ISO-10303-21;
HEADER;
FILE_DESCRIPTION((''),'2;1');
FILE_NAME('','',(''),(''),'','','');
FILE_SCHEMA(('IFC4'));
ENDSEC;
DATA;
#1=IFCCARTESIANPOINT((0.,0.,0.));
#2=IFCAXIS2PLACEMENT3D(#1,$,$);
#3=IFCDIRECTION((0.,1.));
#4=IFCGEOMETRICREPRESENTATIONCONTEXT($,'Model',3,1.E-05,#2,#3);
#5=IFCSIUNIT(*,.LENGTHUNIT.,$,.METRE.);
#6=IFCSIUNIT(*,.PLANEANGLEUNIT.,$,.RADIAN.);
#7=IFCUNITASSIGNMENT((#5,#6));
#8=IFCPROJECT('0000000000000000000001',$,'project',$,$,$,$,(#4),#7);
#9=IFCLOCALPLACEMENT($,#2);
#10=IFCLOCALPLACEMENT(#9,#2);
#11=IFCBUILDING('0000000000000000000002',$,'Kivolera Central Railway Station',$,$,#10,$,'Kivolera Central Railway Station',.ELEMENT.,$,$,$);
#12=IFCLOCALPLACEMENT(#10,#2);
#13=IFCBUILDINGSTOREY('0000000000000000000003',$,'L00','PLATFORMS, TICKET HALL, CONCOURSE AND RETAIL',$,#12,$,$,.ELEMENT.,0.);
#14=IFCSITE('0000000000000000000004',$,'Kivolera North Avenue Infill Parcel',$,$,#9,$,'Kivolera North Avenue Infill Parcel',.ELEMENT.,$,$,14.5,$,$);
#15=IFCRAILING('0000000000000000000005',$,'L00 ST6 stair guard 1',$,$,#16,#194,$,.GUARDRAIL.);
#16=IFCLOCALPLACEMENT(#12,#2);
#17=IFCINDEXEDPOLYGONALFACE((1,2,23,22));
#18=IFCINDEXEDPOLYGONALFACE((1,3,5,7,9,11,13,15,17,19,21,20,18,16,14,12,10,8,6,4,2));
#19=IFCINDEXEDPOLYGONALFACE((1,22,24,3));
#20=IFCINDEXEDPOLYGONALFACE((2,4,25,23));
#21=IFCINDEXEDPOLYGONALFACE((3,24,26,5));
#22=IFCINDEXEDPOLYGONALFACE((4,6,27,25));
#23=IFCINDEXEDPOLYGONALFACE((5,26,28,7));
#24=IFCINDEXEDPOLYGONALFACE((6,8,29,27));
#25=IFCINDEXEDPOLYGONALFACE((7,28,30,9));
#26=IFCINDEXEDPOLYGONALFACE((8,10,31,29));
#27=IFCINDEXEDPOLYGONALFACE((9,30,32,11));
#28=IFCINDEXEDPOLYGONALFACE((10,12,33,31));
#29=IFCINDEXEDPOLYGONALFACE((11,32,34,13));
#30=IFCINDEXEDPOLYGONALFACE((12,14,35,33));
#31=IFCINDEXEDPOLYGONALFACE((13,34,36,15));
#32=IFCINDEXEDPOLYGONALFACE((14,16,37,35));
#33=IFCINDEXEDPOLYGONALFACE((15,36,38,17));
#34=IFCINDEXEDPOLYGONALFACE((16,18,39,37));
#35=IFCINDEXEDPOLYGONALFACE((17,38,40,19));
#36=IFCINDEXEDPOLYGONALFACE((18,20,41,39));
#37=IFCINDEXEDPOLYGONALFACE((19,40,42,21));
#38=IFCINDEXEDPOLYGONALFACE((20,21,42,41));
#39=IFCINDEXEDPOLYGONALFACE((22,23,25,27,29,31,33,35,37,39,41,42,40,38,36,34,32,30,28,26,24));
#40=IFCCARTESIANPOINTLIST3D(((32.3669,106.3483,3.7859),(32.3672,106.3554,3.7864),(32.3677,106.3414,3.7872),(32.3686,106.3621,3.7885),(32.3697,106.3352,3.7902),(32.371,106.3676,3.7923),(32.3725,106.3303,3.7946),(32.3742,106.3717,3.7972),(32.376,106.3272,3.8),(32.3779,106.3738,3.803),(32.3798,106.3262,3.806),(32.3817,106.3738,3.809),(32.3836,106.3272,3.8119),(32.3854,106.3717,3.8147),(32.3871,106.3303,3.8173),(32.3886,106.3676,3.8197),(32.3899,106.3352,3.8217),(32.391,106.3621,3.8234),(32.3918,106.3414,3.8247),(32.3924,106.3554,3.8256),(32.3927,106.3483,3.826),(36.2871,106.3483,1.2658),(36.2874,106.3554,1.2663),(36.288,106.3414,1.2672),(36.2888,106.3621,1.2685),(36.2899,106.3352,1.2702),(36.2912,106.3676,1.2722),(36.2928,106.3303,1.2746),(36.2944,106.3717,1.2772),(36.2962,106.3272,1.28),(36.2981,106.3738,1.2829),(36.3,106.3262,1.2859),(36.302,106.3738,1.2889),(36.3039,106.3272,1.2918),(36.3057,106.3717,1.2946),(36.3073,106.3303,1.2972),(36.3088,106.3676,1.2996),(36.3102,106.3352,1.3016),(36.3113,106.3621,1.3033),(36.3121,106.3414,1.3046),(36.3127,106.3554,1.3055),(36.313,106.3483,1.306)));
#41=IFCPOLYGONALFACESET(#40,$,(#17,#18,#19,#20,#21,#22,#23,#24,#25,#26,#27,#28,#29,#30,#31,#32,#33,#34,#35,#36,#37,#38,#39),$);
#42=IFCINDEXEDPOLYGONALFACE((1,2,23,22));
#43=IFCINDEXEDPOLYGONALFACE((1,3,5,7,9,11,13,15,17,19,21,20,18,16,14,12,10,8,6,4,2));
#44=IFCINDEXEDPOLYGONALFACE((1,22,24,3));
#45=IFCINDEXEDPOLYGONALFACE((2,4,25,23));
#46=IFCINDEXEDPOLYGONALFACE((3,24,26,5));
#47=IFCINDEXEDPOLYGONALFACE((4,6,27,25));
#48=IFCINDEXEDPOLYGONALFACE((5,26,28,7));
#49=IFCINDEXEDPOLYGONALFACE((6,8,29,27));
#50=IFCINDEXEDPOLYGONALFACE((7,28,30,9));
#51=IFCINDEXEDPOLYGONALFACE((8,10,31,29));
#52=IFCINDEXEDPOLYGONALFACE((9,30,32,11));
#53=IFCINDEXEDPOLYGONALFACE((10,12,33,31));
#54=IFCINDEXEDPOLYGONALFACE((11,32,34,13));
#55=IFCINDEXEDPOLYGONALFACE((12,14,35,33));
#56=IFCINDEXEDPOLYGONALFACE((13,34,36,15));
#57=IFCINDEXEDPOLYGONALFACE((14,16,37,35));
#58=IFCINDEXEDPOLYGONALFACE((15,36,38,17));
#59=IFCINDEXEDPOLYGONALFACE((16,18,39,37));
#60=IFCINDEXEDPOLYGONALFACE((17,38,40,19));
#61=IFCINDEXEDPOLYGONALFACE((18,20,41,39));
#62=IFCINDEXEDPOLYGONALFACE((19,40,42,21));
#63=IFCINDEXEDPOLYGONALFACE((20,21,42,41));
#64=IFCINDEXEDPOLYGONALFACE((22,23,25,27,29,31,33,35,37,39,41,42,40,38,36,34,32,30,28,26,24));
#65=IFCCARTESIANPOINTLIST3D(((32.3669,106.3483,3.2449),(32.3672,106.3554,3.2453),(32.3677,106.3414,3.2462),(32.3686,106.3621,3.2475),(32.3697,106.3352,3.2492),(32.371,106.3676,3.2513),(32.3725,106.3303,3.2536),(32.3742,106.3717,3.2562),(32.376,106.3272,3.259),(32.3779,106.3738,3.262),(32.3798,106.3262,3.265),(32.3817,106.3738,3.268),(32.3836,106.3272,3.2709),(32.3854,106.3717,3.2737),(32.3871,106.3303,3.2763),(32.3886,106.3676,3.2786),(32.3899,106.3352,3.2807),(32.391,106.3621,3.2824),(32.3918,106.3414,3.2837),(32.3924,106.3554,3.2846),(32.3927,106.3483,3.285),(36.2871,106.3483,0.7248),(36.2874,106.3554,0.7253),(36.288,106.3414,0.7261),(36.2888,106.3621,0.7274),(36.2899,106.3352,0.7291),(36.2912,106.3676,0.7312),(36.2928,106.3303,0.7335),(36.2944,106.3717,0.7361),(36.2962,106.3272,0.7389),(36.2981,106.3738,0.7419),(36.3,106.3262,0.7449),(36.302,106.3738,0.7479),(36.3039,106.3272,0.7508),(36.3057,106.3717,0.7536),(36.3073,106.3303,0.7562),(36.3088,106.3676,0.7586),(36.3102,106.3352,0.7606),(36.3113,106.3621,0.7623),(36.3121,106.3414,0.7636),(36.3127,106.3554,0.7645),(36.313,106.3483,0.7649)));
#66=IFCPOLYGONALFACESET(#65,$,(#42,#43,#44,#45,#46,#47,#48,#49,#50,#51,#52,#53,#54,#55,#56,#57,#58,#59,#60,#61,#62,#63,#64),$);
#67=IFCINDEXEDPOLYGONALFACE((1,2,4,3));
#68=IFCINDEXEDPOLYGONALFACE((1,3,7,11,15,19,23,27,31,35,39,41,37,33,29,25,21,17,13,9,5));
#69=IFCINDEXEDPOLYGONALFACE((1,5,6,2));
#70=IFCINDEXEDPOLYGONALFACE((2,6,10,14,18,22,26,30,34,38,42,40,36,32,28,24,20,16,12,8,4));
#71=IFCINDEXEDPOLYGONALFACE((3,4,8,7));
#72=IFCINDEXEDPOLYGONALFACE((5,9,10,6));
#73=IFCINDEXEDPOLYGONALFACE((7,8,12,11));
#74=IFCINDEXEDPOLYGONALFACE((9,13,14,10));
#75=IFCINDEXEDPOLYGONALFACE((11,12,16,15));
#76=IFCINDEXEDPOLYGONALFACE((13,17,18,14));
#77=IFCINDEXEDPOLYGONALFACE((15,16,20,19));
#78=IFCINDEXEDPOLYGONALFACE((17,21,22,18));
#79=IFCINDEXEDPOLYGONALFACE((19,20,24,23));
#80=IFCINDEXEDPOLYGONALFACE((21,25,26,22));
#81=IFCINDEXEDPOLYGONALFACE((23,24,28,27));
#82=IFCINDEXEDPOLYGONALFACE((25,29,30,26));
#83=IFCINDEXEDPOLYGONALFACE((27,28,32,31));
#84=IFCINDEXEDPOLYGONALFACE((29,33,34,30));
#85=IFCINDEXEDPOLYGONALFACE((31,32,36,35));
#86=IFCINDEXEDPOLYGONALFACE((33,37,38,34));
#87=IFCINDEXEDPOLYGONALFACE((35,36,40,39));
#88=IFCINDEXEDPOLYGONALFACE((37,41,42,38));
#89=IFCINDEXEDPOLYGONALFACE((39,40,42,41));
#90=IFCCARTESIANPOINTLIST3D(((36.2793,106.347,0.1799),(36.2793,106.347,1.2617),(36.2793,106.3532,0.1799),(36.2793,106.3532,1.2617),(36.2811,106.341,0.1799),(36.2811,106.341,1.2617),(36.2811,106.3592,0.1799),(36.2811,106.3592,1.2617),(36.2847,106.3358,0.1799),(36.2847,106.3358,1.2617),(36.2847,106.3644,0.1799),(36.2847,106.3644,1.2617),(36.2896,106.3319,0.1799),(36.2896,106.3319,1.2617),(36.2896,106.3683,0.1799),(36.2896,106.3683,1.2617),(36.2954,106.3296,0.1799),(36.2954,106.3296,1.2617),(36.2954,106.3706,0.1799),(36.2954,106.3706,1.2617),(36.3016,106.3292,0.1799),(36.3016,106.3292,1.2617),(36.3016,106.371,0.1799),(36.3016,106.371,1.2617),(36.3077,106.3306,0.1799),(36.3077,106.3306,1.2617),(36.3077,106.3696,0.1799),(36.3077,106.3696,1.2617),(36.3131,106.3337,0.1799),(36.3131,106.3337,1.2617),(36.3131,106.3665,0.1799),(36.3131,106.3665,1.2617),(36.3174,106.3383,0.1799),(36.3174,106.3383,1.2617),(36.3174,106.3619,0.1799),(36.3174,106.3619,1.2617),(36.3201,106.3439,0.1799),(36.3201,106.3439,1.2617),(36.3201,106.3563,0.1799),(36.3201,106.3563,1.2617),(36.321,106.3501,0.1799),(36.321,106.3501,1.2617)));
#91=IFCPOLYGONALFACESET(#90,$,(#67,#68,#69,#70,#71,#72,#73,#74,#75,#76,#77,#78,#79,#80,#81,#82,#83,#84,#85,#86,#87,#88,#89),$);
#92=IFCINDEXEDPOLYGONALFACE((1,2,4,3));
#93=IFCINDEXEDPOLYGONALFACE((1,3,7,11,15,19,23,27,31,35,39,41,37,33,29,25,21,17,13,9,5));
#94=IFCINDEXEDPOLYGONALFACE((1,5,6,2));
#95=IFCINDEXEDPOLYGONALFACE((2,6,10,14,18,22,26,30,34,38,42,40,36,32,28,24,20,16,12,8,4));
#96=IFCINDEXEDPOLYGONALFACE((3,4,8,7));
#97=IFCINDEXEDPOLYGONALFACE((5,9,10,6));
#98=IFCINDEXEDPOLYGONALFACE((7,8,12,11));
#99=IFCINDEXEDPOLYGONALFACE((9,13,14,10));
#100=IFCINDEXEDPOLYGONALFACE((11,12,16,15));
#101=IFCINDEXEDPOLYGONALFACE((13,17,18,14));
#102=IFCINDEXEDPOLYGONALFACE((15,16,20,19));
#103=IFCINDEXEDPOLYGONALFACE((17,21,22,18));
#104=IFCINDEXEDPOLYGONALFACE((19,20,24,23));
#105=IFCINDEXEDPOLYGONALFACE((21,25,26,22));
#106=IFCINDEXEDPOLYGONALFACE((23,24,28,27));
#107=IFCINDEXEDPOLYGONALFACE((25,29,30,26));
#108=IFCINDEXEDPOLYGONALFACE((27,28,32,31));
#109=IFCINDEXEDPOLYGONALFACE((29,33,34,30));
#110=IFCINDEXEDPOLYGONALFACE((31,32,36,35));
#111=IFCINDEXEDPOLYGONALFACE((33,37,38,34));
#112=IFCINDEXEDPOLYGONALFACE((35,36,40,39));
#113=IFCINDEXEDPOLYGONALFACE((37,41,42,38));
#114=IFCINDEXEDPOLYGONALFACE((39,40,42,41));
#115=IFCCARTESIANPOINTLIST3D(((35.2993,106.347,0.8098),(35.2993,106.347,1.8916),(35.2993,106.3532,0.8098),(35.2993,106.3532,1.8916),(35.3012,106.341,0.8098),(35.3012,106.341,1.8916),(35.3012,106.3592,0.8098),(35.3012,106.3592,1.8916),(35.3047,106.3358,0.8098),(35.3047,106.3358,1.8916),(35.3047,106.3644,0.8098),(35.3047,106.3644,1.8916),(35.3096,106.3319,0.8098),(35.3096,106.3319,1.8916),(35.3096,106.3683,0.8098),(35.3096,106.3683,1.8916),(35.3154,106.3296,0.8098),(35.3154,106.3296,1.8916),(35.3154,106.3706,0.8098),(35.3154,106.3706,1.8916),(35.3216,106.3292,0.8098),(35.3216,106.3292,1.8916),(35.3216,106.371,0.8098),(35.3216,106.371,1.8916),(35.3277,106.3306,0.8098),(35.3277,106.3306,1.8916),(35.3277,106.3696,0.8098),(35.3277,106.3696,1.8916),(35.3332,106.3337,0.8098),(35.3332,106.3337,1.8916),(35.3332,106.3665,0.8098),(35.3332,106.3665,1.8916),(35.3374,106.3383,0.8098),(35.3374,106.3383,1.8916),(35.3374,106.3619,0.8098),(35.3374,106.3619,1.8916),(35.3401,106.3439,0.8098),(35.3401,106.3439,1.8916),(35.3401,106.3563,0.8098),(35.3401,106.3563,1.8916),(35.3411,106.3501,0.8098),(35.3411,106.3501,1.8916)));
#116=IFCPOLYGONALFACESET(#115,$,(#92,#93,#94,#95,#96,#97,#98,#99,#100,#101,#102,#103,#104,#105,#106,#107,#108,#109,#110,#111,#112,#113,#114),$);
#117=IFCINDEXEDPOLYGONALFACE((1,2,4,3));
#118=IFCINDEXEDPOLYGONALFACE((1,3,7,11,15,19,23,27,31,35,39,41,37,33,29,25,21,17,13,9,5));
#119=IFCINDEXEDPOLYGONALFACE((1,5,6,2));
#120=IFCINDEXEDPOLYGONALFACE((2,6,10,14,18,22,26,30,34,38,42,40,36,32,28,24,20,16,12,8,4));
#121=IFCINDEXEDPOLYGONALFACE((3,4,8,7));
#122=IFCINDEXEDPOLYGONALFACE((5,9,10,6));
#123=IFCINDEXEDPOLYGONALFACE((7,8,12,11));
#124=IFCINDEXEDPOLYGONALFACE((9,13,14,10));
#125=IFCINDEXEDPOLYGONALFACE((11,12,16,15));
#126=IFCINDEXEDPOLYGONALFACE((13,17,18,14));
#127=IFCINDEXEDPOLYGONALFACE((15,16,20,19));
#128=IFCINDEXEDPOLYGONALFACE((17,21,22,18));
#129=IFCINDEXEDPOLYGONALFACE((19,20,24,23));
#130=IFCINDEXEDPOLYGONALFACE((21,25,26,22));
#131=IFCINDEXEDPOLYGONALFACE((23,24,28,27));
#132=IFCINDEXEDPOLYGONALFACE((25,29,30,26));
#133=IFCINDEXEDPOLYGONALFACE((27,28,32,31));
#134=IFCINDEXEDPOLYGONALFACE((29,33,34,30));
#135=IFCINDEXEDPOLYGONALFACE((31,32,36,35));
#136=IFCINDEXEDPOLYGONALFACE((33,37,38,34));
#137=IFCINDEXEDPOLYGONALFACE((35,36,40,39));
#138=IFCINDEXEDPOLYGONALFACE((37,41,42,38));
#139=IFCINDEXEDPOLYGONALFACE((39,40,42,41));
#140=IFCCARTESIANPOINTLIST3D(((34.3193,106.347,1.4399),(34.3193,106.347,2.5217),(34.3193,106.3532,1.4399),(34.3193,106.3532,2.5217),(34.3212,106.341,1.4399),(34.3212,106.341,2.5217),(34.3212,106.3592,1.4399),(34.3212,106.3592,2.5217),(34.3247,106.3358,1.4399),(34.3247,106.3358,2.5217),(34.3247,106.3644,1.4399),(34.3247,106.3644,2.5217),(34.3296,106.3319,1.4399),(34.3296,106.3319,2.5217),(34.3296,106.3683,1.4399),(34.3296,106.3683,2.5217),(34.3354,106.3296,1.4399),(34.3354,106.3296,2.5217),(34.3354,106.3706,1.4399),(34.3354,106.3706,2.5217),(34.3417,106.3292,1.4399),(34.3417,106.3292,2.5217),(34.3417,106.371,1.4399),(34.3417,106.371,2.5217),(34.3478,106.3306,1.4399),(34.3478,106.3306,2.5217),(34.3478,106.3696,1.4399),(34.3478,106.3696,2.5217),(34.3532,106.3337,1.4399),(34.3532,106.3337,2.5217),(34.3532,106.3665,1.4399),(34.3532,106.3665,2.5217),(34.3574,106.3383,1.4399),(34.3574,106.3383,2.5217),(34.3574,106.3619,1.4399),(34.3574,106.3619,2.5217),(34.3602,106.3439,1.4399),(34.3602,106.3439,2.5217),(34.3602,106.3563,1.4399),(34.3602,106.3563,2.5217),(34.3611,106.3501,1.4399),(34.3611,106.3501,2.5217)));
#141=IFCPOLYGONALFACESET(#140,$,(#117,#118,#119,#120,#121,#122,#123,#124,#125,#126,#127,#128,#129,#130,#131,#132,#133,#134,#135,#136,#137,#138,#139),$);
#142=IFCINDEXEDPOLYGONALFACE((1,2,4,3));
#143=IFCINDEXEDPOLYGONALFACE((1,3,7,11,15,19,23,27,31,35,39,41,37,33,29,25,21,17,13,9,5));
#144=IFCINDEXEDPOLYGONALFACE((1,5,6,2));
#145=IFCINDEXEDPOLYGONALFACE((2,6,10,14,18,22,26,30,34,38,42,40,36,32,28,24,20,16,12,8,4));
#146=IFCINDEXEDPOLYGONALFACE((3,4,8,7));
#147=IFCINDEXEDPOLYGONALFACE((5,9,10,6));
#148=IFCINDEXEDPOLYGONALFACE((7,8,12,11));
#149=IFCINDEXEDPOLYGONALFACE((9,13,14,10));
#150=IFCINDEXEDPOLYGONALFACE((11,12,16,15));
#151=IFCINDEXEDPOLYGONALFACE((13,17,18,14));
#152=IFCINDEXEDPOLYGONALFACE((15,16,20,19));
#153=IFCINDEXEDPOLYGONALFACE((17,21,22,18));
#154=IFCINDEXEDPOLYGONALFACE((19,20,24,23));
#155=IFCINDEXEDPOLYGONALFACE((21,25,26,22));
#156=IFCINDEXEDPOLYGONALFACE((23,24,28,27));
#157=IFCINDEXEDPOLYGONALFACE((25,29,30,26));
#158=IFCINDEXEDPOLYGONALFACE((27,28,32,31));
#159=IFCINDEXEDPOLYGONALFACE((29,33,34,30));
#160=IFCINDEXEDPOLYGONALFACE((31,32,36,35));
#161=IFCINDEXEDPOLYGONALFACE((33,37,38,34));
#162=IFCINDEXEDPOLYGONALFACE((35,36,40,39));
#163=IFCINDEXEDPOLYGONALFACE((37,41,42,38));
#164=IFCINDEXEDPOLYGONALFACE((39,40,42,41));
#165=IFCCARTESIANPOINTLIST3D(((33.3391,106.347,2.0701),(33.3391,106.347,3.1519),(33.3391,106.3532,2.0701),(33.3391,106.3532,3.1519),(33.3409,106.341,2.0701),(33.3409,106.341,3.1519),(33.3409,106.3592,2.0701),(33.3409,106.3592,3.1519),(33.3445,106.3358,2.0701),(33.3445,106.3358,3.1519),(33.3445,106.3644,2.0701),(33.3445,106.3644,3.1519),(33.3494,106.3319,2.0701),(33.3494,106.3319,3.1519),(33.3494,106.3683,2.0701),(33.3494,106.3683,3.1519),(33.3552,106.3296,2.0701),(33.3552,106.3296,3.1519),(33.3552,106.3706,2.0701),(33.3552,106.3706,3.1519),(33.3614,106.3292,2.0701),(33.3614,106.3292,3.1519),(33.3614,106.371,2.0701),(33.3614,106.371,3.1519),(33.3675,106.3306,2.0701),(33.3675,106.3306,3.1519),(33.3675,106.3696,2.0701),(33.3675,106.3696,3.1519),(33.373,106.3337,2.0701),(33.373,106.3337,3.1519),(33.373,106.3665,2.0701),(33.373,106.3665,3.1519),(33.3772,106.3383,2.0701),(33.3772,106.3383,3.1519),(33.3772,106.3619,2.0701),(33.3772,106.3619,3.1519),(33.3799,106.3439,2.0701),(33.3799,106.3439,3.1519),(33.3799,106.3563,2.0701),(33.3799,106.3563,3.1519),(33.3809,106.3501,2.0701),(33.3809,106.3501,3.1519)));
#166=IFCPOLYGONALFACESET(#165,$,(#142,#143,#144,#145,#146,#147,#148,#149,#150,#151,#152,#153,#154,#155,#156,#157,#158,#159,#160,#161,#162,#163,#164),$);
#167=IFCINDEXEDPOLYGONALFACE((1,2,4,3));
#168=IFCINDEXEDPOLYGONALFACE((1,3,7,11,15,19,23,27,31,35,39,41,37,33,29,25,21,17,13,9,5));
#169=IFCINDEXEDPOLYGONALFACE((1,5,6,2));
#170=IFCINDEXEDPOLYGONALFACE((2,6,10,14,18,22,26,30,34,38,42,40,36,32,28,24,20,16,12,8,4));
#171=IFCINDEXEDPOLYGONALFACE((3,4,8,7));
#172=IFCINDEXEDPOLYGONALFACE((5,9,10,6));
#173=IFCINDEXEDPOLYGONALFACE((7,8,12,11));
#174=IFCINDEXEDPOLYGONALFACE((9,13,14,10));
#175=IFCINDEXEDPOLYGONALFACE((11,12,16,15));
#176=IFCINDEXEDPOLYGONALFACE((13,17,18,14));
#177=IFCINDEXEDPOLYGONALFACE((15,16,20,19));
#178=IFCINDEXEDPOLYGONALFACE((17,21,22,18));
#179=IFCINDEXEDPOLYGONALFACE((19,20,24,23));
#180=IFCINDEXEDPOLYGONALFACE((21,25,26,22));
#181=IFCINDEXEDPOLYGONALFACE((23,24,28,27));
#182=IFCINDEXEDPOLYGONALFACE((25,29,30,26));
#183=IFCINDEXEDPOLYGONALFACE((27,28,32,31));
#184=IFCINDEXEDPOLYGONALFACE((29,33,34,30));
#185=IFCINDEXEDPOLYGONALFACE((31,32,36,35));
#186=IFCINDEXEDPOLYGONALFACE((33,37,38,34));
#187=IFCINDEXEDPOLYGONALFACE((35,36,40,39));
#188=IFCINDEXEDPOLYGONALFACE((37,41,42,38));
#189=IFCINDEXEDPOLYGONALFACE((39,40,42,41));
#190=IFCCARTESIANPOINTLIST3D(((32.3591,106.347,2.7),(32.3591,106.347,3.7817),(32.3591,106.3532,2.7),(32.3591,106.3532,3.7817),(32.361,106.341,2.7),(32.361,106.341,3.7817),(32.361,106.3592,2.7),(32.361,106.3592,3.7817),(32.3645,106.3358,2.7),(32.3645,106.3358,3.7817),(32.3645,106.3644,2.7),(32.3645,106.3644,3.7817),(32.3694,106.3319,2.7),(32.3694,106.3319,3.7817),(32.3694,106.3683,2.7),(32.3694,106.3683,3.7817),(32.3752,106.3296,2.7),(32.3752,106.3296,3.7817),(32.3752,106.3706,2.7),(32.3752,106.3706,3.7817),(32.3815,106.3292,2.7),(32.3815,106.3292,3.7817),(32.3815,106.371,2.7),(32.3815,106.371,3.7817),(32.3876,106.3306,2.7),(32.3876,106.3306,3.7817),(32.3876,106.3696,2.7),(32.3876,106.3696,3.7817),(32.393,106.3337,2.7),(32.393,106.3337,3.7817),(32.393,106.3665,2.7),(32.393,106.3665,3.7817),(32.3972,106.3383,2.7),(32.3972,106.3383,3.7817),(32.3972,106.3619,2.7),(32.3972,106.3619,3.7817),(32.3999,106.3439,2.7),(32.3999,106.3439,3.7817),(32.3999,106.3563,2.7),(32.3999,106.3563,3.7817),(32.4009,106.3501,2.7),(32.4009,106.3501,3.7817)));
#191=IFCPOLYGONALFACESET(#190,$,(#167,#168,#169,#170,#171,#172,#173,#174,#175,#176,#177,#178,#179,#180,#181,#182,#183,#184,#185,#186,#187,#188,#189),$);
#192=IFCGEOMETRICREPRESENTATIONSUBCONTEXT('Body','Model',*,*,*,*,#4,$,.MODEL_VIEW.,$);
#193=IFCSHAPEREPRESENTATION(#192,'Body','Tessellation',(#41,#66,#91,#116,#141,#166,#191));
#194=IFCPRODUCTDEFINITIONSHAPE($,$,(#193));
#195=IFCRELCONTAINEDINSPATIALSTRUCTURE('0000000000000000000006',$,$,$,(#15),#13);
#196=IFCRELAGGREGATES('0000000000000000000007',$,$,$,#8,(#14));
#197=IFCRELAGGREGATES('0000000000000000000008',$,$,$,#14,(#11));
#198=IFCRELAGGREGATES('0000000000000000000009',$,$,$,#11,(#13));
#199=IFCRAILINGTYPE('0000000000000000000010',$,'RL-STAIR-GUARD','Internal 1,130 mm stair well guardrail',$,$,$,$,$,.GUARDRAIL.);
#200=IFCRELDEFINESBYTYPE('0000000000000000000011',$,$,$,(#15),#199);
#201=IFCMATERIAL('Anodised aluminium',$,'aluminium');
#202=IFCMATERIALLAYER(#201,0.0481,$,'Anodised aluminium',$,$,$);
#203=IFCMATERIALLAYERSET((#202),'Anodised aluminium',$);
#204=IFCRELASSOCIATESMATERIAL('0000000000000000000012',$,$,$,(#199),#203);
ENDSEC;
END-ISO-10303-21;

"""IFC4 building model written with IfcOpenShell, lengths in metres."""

from ifc_helpers import new_model, si_unit, direction, frame, origin, origin_2d, place, context, subcontext, project, spatial, circle, extrude, material, layer, layer_set, type_object, element, save


model = new_model("IFC4")

# Units and contexts
model_context = context("Model", 3, precision=1e-05, world=origin(), true_north=direction((0.0, 1.0)))
body_context = subcontext(model_context, "Body", "Model", "MODEL_VIEW")
ifc_project = project(units=[si_unit("LENGTHUNIT", "METRE"), si_unit("PLANEANGLEUNIT", "RADIAN")], contexts=[model_context])

# Site, building, storey
site_placement = place(None, origin())
site = spatial("IfcSite", under=ifc_project, at=site_placement, Name="Kivolera North Avenue Infill Parcel", LongName="Kivolera North Avenue Infill Parcel", CompositionType="ELEMENT", RefElevation=14.5)
building_placement = place(site_placement, origin())
building = spatial("IfcBuilding", under=site, at=building_placement, Name="Kivolera Central Railway Station", LongName="Kivolera Central Railway Station", CompositionType="ELEMENT")
storey_placement = place(building_placement, origin())
storey = spatial("IfcBuildingStorey", under=building, at=storey_placement, Name="L00", Description="PLATFORMS, TICKET HALL, CONCOURSE AND RETAIL", CompositionType="ELEMENT", Elevation=0.0)

# Shared definitions
ifc_material_1 = material(Name="Anodised aluminium", Category="aluminium")

# Railing
ifc_layer_1 = layer(ifc_material_1, 0.0481, Name="Anodised aluminium")
ifc_layer_set_1 = layer_set([ifc_layer_1], Name="Anodised aluminium")
railing_type = type_object("IfcRailingType", Name="RL-STAIR-GUARD", Description="Internal 1,130 mm stair well guardrail", PredefinedType="GUARDRAIL", material=ifc_layer_set_1)
railing_1_placement = place(storey_placement, frame((36.3, 106.3501, 0.1799)))
element("IfcRailing", 1, at=railing_1_placement, inside=storey, type_object=railing_type, Name="L00 ST6 stair guard 1", PredefinedType="GUARDRAIL", context=body_context, shape_type="SweptSolid", body=[
    extrude(circle(Radius=0.0239, at=origin_2d()), frame((0.0, 0.0, 1.106), z_axis=(-0.841187, 0.0, 0.540744), x_axis=(0.0, -1.0, 0.0)), (0.0, 0.0, 1.0), 4.6604),
    extrude(circle(Radius=0.0239, at=origin_2d()), frame((0.0, 0.0, 0.5649), z_axis=(-0.841187, 0.0, 0.540744), x_axis=(0.0, -1.0, 0.0)), (0.0, 0.0, 1.0), 4.6604),
    extrude(circle(Radius=0.021, at=origin_2d()), origin(), (0.0, 0.0, 1.0), 1.0818),
    extrude(circle(Radius=0.021, at=origin_2d()), frame((-0.98, 0.0, 0.6299)), (0.0, 0.0, 1.0), 1.0818),
    extrude(circle(Radius=0.021, at=origin_2d()), frame((-1.96, 0.0, 1.26)), (0.0, 0.0, 1.0), 1.0818),
    extrude(circle(Radius=0.021, at=origin_2d()), frame((-2.9402, 0.0, 1.8901)), (0.0, 0.0, 1.0), 1.0818),
    extrude(circle(Radius=0.021, at=origin_2d()), frame((-3.9202, 0.0, 2.52)), (0.0, 0.0, 1.0), 1.0818),
])

save(model, "model.ifc")
